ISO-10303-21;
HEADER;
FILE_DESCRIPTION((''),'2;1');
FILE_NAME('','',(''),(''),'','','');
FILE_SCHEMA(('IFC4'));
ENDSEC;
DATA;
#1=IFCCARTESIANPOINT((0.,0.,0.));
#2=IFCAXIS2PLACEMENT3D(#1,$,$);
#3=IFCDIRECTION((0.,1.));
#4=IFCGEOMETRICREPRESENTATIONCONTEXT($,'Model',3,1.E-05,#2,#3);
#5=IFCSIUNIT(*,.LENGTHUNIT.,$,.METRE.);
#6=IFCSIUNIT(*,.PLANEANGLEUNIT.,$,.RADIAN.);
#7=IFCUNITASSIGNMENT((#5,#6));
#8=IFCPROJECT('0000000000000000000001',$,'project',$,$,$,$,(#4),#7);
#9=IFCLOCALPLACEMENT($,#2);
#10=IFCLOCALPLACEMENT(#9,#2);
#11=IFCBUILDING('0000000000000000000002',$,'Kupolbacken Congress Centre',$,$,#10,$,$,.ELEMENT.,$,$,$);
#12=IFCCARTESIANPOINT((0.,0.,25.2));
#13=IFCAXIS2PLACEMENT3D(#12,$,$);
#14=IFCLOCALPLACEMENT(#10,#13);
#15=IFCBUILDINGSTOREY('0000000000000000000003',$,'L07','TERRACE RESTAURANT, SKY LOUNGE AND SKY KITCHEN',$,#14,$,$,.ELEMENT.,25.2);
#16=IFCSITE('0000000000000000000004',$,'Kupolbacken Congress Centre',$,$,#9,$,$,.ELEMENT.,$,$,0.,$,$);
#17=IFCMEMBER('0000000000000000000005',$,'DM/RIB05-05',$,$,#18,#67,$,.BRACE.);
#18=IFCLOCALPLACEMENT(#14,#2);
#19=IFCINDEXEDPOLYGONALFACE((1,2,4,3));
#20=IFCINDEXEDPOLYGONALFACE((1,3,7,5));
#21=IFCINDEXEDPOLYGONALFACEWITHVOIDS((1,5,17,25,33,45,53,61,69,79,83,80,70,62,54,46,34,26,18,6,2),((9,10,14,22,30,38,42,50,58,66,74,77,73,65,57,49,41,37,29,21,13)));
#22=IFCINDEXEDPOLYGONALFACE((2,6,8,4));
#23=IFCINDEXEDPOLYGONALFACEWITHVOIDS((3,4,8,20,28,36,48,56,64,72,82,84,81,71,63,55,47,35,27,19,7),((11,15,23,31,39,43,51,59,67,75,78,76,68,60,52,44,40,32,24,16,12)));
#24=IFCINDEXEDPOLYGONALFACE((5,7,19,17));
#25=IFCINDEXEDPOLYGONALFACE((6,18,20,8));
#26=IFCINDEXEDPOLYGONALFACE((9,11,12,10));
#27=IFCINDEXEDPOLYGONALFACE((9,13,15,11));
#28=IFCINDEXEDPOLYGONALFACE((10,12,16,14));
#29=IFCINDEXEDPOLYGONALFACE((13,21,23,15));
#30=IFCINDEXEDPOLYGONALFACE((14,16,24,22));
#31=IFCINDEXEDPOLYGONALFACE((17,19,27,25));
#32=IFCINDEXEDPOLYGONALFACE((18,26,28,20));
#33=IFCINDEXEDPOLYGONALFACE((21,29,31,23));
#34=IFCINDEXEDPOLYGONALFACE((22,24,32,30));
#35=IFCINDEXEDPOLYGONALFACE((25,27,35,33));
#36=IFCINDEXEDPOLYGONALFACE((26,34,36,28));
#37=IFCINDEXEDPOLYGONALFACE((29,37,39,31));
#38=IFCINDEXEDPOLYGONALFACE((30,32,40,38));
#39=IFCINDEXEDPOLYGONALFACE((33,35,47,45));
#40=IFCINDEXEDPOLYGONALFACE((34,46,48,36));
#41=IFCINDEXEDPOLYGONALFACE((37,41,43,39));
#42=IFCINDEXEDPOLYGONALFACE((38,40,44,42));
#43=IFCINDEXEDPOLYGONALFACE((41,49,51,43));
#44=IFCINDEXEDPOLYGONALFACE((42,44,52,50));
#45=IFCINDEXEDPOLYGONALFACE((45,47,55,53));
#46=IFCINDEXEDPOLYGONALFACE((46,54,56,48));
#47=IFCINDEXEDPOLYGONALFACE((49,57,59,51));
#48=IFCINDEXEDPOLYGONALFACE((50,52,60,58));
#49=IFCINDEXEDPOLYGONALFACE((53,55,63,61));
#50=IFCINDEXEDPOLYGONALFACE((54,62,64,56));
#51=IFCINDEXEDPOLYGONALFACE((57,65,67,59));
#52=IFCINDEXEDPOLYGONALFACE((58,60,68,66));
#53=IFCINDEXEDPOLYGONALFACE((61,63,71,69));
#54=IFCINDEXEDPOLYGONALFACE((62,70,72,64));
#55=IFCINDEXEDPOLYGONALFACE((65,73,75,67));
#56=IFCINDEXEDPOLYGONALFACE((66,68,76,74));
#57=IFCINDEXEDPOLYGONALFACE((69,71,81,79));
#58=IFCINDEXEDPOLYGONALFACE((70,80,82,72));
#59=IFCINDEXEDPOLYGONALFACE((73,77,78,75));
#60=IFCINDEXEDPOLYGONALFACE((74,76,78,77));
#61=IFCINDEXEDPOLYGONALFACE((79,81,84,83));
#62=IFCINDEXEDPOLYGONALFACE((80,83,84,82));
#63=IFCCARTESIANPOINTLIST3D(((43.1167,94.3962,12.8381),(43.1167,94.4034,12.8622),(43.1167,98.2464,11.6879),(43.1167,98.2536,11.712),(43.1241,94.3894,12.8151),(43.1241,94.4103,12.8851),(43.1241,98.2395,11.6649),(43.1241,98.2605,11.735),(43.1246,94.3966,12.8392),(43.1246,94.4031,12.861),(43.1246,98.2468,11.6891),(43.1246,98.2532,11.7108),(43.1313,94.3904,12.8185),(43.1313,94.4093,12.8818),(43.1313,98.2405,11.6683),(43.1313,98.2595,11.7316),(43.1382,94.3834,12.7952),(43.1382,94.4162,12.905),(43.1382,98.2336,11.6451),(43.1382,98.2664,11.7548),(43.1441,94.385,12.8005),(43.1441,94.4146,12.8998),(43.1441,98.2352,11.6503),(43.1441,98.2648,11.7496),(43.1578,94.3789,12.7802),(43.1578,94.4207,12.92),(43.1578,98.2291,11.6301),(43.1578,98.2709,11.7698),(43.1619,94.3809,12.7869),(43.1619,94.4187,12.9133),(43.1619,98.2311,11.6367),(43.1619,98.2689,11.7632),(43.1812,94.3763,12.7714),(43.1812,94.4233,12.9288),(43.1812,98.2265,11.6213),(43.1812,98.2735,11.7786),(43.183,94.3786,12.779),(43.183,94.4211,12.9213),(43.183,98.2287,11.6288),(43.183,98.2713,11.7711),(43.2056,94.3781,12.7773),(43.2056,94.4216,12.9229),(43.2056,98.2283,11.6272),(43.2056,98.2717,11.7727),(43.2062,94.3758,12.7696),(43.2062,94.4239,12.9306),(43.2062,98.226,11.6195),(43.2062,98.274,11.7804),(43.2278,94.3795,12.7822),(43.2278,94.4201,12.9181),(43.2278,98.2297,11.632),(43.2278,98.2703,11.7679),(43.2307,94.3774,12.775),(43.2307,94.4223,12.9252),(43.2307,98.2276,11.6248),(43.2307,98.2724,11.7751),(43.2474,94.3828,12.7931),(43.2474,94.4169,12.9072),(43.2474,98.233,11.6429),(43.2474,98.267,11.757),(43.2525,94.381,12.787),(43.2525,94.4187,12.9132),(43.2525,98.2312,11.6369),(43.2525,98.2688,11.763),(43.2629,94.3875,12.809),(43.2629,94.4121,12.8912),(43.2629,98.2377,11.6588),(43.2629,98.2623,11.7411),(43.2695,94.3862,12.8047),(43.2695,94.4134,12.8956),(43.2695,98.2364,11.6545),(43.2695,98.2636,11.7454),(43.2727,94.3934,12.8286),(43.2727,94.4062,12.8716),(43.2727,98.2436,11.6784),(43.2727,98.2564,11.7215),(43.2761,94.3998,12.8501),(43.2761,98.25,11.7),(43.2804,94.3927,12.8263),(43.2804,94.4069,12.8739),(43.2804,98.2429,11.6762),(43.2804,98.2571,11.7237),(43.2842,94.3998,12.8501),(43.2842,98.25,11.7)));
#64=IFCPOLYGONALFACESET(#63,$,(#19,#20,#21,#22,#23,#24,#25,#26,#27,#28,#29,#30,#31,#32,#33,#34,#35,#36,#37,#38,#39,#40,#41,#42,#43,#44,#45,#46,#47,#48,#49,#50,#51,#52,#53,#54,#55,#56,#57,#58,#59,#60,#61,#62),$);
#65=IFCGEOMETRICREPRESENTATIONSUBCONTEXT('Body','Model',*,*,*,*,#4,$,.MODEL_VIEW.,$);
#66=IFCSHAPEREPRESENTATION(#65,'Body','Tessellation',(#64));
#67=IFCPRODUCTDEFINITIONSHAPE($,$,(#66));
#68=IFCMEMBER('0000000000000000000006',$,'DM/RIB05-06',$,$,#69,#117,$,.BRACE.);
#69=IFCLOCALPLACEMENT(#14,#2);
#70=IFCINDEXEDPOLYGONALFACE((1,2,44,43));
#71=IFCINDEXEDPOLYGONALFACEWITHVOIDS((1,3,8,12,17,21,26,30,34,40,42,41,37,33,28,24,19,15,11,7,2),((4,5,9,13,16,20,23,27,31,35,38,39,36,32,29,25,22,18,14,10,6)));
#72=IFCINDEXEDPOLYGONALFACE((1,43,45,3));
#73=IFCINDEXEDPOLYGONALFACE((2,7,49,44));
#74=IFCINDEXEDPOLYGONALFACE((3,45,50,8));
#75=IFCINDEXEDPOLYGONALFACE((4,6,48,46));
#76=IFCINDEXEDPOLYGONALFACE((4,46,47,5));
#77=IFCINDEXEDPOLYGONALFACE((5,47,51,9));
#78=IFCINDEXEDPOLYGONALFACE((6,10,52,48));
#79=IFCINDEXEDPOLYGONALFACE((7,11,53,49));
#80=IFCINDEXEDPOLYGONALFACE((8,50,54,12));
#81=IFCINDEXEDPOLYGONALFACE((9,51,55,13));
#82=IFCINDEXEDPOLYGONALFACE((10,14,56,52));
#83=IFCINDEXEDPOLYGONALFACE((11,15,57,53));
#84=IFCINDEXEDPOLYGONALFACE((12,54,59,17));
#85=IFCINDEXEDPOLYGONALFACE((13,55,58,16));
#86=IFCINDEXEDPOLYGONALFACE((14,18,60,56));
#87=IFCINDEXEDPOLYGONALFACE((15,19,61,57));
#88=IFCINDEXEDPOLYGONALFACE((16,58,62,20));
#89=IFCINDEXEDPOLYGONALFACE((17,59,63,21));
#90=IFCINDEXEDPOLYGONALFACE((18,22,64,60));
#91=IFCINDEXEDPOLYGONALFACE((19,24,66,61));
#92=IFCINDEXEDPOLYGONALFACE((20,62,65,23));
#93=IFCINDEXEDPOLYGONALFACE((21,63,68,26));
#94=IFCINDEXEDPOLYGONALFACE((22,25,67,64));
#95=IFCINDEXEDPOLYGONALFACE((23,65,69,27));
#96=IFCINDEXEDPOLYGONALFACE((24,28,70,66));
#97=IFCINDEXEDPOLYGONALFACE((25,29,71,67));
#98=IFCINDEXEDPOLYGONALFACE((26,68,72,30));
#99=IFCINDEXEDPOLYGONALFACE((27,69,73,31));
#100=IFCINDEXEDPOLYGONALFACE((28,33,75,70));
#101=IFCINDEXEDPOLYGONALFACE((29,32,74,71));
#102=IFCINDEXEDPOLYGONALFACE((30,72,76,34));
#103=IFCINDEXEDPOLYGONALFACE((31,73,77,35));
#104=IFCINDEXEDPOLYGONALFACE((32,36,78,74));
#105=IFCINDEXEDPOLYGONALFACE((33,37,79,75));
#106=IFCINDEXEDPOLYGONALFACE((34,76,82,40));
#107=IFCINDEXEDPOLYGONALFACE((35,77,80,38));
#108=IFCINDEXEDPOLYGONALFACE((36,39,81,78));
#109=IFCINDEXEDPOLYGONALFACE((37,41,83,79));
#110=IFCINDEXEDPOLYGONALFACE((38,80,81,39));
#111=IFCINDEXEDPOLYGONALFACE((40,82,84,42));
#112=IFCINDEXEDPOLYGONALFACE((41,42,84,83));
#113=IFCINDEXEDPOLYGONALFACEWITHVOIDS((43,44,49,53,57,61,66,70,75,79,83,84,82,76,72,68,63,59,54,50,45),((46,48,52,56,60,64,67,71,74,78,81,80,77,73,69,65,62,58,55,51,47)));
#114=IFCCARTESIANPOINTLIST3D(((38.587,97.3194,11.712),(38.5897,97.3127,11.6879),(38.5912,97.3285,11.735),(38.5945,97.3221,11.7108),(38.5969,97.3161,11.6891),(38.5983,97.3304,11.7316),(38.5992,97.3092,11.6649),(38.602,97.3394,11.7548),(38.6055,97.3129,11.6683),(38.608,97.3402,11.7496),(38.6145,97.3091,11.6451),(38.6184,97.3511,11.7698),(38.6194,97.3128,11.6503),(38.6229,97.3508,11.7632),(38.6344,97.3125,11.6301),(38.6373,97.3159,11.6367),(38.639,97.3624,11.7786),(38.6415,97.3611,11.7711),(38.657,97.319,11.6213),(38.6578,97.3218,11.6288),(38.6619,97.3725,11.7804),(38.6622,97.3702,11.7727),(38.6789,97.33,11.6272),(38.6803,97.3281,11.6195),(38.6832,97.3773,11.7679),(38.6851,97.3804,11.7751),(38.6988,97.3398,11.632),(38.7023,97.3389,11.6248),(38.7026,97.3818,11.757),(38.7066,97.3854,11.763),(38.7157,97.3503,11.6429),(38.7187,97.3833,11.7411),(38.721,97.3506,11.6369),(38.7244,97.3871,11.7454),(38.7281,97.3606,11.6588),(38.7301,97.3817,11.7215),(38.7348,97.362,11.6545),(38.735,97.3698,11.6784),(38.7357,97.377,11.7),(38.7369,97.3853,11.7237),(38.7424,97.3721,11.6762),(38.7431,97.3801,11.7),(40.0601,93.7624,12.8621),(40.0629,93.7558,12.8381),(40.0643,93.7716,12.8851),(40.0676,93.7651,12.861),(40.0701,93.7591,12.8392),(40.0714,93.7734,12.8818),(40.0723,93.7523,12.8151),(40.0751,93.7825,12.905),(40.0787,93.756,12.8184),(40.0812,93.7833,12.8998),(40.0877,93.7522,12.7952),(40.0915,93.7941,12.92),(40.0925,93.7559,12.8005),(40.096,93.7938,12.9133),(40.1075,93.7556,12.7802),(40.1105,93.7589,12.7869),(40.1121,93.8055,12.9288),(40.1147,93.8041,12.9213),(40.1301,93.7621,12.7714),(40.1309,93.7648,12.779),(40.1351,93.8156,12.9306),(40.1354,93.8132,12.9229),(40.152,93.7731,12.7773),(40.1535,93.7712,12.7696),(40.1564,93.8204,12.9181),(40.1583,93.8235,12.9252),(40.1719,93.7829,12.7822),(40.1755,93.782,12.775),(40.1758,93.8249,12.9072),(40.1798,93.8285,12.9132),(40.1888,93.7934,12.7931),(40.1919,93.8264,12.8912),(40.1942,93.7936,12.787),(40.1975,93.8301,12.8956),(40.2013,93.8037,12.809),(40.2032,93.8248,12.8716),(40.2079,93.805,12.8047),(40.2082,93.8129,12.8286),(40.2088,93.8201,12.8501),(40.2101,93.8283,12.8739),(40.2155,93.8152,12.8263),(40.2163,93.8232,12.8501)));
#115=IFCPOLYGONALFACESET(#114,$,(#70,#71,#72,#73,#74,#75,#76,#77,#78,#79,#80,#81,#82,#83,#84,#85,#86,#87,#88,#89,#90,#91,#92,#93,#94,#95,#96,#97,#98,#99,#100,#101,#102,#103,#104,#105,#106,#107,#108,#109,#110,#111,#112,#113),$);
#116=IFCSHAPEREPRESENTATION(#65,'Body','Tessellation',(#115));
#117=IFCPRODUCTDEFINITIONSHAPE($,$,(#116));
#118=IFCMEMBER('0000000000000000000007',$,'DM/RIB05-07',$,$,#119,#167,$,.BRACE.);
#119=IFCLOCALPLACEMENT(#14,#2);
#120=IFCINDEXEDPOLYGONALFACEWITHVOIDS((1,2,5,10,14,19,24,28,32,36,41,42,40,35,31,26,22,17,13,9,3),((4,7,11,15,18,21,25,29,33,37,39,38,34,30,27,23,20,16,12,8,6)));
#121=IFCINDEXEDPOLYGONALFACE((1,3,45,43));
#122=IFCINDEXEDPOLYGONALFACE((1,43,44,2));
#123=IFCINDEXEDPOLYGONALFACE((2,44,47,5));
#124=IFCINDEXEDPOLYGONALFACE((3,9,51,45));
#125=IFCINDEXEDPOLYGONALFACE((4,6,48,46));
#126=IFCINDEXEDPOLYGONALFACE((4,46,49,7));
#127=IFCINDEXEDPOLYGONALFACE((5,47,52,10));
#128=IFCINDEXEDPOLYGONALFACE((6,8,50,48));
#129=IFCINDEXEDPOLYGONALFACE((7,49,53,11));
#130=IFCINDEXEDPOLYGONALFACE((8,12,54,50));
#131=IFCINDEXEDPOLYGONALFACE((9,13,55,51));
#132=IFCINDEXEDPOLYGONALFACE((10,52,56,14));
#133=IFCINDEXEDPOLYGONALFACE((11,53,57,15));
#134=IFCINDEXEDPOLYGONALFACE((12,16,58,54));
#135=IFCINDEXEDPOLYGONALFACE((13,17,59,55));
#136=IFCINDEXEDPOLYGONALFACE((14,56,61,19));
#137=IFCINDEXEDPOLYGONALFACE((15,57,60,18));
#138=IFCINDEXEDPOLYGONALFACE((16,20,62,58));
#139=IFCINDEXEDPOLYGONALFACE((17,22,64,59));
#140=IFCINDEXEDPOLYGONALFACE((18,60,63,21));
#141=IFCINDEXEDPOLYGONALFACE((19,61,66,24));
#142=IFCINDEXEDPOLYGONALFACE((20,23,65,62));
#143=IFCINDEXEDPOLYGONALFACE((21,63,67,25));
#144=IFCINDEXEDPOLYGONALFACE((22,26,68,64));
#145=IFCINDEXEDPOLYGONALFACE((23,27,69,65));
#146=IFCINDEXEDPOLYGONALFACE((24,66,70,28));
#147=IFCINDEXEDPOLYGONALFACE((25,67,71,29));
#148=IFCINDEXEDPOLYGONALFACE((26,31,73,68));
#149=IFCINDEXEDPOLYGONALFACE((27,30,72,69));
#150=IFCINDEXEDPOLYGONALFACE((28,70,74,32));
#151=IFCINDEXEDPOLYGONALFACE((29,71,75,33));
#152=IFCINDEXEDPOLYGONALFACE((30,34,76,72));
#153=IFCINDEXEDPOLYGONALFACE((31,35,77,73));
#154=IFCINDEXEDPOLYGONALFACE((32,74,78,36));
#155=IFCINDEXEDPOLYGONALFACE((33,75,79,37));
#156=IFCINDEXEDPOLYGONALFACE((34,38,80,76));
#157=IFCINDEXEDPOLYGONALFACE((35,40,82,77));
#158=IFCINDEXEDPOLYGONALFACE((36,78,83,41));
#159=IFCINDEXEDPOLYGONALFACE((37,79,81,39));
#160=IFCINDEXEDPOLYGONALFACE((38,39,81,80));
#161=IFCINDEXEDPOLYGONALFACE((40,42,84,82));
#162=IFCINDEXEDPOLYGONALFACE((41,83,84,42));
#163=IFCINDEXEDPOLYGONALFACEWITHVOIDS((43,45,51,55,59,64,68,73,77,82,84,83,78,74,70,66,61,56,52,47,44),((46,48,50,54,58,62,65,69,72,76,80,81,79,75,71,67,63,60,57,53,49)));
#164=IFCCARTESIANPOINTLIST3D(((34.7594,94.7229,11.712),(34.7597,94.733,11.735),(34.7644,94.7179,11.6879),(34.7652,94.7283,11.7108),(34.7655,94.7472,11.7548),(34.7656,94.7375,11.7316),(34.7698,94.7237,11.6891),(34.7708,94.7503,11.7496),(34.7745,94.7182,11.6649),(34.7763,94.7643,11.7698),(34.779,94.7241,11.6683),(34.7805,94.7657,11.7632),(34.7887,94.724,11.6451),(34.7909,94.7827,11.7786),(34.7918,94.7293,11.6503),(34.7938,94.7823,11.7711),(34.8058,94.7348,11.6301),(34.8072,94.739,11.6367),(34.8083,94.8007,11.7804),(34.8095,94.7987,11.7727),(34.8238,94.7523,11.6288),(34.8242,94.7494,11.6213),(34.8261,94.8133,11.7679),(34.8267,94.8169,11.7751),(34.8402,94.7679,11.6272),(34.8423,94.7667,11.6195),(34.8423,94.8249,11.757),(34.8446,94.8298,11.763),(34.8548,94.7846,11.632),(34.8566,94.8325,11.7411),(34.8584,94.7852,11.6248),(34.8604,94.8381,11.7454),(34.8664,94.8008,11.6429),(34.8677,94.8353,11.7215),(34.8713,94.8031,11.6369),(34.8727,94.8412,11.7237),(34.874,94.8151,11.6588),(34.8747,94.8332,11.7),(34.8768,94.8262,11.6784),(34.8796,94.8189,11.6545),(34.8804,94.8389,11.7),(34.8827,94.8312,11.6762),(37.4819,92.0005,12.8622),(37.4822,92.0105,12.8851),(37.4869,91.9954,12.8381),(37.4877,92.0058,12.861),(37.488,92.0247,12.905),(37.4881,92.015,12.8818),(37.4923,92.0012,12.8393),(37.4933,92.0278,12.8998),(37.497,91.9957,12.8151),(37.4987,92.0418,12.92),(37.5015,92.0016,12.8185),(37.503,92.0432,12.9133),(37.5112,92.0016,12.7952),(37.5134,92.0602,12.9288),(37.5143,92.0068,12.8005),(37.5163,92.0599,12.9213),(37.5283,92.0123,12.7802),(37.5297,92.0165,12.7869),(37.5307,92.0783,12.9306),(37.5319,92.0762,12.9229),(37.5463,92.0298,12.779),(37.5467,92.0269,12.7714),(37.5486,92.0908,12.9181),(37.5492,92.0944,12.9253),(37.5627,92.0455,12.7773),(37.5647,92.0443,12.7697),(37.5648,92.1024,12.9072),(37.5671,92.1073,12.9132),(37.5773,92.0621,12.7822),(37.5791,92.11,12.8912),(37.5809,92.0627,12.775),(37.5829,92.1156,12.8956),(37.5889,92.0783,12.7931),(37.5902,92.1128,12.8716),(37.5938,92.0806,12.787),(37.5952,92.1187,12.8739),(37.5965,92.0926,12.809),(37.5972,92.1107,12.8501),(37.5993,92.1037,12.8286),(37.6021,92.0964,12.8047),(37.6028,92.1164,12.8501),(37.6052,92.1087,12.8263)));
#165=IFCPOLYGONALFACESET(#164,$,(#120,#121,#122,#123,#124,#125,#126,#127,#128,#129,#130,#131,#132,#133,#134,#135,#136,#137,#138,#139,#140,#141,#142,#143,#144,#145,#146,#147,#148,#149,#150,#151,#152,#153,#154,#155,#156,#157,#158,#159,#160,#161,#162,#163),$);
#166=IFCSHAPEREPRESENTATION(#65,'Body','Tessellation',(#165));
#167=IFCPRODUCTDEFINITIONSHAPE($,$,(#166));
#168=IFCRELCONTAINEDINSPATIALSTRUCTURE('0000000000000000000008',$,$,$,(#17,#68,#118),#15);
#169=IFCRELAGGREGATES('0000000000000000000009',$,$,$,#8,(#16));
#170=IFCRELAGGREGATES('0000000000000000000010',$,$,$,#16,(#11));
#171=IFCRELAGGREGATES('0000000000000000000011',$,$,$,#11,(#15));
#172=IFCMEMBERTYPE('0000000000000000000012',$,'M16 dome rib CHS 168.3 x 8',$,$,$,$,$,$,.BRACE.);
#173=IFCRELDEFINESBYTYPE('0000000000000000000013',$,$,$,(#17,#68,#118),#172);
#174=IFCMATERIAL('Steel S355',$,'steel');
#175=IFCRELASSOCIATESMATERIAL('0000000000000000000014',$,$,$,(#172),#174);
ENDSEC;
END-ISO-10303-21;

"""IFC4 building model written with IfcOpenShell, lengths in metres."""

from ifc_helpers import new_model, si_unit, direction, frame, origin, origin_2d, place, context, subcontext, project, spatial, hollow_circle, extrude, material, material_profile, profile_set, type_object, element, save


model = new_model("IFC4")

# Units and contexts
model_context = context("Model", 3, precision=1e-05, world=origin(), true_north=direction((0.0, 1.0)))
body_context = subcontext(model_context, "Body", "Model", "MODEL_VIEW")
ifc_project = project(units=[si_unit("LENGTHUNIT", "METRE"), si_unit("PLANEANGLEUNIT", "RADIAN")], contexts=[model_context])

# Site, building, storey
site_placement = place(None, origin())
site = spatial("IfcSite", under=ifc_project, at=site_placement, Name="Kupolbacken Congress Centre", CompositionType="ELEMENT", RefElevation=0.0)
building_placement = place(site_placement, origin())
building = spatial("IfcBuilding", under=site, at=building_placement, Name="Kupolbacken Congress Centre", CompositionType="ELEMENT")
storey_placement = place(building_placement, frame((0.0, 0.0, 25.2)))
storey = spatial("IfcBuildingStorey", under=building, at=storey_placement, Name="L07", Description="TERRACE RESTAURANT, SKY LOUNGE AND SKY KITCHEN", CompositionType="ELEMENT", Elevation=25.2)

# Members
ifc_material_1 = material(Name="Steel S355", Category="steel")
ifc_material_profile_1 = material_profile(ifc_material_1, hollow_circle(Radius=0.0842, WallThickness=0.0081, at=origin_2d()), Name="CHS 168.3 x 8")
ifc_profile_set_1 = profile_set([ifc_material_profile_1], Name="Steel S355")
member_type_1 = type_object("IfcMemberType", Name="M16 dome rib CHS 168.3 x 8", PredefinedType="BRACE", material=ifc_profile_set_1)
member_1_placement = place(storey_placement, frame((43.2, 98.25, 11.7), z_axis=(0.0, -0.95816, 0.286233), x_axis=(1.0, 0.0, 0.0)))
element("IfcMember", 1, at=member_1_placement, inside=storey, type_object=member_type_1, Name="DM/RIB05-05", PredefinedType="BRACE", context=body_context, shape_type="SweptSolid", body=[
    extrude(hollow_circle(Radius=0.0842, WallThickness=0.0081, at=origin_2d()), origin(), (0.0, 0.0, 1.0), 4.0183),
])
member_2_placement = place(storey_placement, frame((38.6653, 97.3479, 11.7), z_axis=(0.366635, -0.885235, 0.286248), x_axis=(0.923895, 0.382647, 0.0)))
element("IfcMember", 2, at=member_2_placement, inside=storey, type_object=member_type_1, Name="DM/RIB05-06", PredefinedType="BRACE", context=body_context, shape_type="SweptSolid", body=[
    extrude(hollow_circle(Radius=0.0842, WallThickness=0.0081, at=origin_2d()), origin(), (0.0, 0.0, 1.0), 4.0181),
])
for number, where, z_axis, x_axis, name in (
    (3, (34.8208, 94.7793, 11.7), (0.677521, -0.677521, 0.286235), (0.707107, 0.707107, 0.0), "DM/RIB05-07"),
):
    element("IfcMember", number, at=place(storey_placement, frame(where, z_axis=z_axis, x_axis=x_axis)), inside=storey, type_object=member_type_1, Name=name, PredefinedType="BRACE", context=body_context, shape_type="SweptSolid", body=[
        extrude(hollow_circle(Radius=0.0842, WallThickness=0.0081, at=origin_2d()), origin(), (0.0, 0.0, 1.0), 4.0183),
    ])

save(model, "model.ifc")
